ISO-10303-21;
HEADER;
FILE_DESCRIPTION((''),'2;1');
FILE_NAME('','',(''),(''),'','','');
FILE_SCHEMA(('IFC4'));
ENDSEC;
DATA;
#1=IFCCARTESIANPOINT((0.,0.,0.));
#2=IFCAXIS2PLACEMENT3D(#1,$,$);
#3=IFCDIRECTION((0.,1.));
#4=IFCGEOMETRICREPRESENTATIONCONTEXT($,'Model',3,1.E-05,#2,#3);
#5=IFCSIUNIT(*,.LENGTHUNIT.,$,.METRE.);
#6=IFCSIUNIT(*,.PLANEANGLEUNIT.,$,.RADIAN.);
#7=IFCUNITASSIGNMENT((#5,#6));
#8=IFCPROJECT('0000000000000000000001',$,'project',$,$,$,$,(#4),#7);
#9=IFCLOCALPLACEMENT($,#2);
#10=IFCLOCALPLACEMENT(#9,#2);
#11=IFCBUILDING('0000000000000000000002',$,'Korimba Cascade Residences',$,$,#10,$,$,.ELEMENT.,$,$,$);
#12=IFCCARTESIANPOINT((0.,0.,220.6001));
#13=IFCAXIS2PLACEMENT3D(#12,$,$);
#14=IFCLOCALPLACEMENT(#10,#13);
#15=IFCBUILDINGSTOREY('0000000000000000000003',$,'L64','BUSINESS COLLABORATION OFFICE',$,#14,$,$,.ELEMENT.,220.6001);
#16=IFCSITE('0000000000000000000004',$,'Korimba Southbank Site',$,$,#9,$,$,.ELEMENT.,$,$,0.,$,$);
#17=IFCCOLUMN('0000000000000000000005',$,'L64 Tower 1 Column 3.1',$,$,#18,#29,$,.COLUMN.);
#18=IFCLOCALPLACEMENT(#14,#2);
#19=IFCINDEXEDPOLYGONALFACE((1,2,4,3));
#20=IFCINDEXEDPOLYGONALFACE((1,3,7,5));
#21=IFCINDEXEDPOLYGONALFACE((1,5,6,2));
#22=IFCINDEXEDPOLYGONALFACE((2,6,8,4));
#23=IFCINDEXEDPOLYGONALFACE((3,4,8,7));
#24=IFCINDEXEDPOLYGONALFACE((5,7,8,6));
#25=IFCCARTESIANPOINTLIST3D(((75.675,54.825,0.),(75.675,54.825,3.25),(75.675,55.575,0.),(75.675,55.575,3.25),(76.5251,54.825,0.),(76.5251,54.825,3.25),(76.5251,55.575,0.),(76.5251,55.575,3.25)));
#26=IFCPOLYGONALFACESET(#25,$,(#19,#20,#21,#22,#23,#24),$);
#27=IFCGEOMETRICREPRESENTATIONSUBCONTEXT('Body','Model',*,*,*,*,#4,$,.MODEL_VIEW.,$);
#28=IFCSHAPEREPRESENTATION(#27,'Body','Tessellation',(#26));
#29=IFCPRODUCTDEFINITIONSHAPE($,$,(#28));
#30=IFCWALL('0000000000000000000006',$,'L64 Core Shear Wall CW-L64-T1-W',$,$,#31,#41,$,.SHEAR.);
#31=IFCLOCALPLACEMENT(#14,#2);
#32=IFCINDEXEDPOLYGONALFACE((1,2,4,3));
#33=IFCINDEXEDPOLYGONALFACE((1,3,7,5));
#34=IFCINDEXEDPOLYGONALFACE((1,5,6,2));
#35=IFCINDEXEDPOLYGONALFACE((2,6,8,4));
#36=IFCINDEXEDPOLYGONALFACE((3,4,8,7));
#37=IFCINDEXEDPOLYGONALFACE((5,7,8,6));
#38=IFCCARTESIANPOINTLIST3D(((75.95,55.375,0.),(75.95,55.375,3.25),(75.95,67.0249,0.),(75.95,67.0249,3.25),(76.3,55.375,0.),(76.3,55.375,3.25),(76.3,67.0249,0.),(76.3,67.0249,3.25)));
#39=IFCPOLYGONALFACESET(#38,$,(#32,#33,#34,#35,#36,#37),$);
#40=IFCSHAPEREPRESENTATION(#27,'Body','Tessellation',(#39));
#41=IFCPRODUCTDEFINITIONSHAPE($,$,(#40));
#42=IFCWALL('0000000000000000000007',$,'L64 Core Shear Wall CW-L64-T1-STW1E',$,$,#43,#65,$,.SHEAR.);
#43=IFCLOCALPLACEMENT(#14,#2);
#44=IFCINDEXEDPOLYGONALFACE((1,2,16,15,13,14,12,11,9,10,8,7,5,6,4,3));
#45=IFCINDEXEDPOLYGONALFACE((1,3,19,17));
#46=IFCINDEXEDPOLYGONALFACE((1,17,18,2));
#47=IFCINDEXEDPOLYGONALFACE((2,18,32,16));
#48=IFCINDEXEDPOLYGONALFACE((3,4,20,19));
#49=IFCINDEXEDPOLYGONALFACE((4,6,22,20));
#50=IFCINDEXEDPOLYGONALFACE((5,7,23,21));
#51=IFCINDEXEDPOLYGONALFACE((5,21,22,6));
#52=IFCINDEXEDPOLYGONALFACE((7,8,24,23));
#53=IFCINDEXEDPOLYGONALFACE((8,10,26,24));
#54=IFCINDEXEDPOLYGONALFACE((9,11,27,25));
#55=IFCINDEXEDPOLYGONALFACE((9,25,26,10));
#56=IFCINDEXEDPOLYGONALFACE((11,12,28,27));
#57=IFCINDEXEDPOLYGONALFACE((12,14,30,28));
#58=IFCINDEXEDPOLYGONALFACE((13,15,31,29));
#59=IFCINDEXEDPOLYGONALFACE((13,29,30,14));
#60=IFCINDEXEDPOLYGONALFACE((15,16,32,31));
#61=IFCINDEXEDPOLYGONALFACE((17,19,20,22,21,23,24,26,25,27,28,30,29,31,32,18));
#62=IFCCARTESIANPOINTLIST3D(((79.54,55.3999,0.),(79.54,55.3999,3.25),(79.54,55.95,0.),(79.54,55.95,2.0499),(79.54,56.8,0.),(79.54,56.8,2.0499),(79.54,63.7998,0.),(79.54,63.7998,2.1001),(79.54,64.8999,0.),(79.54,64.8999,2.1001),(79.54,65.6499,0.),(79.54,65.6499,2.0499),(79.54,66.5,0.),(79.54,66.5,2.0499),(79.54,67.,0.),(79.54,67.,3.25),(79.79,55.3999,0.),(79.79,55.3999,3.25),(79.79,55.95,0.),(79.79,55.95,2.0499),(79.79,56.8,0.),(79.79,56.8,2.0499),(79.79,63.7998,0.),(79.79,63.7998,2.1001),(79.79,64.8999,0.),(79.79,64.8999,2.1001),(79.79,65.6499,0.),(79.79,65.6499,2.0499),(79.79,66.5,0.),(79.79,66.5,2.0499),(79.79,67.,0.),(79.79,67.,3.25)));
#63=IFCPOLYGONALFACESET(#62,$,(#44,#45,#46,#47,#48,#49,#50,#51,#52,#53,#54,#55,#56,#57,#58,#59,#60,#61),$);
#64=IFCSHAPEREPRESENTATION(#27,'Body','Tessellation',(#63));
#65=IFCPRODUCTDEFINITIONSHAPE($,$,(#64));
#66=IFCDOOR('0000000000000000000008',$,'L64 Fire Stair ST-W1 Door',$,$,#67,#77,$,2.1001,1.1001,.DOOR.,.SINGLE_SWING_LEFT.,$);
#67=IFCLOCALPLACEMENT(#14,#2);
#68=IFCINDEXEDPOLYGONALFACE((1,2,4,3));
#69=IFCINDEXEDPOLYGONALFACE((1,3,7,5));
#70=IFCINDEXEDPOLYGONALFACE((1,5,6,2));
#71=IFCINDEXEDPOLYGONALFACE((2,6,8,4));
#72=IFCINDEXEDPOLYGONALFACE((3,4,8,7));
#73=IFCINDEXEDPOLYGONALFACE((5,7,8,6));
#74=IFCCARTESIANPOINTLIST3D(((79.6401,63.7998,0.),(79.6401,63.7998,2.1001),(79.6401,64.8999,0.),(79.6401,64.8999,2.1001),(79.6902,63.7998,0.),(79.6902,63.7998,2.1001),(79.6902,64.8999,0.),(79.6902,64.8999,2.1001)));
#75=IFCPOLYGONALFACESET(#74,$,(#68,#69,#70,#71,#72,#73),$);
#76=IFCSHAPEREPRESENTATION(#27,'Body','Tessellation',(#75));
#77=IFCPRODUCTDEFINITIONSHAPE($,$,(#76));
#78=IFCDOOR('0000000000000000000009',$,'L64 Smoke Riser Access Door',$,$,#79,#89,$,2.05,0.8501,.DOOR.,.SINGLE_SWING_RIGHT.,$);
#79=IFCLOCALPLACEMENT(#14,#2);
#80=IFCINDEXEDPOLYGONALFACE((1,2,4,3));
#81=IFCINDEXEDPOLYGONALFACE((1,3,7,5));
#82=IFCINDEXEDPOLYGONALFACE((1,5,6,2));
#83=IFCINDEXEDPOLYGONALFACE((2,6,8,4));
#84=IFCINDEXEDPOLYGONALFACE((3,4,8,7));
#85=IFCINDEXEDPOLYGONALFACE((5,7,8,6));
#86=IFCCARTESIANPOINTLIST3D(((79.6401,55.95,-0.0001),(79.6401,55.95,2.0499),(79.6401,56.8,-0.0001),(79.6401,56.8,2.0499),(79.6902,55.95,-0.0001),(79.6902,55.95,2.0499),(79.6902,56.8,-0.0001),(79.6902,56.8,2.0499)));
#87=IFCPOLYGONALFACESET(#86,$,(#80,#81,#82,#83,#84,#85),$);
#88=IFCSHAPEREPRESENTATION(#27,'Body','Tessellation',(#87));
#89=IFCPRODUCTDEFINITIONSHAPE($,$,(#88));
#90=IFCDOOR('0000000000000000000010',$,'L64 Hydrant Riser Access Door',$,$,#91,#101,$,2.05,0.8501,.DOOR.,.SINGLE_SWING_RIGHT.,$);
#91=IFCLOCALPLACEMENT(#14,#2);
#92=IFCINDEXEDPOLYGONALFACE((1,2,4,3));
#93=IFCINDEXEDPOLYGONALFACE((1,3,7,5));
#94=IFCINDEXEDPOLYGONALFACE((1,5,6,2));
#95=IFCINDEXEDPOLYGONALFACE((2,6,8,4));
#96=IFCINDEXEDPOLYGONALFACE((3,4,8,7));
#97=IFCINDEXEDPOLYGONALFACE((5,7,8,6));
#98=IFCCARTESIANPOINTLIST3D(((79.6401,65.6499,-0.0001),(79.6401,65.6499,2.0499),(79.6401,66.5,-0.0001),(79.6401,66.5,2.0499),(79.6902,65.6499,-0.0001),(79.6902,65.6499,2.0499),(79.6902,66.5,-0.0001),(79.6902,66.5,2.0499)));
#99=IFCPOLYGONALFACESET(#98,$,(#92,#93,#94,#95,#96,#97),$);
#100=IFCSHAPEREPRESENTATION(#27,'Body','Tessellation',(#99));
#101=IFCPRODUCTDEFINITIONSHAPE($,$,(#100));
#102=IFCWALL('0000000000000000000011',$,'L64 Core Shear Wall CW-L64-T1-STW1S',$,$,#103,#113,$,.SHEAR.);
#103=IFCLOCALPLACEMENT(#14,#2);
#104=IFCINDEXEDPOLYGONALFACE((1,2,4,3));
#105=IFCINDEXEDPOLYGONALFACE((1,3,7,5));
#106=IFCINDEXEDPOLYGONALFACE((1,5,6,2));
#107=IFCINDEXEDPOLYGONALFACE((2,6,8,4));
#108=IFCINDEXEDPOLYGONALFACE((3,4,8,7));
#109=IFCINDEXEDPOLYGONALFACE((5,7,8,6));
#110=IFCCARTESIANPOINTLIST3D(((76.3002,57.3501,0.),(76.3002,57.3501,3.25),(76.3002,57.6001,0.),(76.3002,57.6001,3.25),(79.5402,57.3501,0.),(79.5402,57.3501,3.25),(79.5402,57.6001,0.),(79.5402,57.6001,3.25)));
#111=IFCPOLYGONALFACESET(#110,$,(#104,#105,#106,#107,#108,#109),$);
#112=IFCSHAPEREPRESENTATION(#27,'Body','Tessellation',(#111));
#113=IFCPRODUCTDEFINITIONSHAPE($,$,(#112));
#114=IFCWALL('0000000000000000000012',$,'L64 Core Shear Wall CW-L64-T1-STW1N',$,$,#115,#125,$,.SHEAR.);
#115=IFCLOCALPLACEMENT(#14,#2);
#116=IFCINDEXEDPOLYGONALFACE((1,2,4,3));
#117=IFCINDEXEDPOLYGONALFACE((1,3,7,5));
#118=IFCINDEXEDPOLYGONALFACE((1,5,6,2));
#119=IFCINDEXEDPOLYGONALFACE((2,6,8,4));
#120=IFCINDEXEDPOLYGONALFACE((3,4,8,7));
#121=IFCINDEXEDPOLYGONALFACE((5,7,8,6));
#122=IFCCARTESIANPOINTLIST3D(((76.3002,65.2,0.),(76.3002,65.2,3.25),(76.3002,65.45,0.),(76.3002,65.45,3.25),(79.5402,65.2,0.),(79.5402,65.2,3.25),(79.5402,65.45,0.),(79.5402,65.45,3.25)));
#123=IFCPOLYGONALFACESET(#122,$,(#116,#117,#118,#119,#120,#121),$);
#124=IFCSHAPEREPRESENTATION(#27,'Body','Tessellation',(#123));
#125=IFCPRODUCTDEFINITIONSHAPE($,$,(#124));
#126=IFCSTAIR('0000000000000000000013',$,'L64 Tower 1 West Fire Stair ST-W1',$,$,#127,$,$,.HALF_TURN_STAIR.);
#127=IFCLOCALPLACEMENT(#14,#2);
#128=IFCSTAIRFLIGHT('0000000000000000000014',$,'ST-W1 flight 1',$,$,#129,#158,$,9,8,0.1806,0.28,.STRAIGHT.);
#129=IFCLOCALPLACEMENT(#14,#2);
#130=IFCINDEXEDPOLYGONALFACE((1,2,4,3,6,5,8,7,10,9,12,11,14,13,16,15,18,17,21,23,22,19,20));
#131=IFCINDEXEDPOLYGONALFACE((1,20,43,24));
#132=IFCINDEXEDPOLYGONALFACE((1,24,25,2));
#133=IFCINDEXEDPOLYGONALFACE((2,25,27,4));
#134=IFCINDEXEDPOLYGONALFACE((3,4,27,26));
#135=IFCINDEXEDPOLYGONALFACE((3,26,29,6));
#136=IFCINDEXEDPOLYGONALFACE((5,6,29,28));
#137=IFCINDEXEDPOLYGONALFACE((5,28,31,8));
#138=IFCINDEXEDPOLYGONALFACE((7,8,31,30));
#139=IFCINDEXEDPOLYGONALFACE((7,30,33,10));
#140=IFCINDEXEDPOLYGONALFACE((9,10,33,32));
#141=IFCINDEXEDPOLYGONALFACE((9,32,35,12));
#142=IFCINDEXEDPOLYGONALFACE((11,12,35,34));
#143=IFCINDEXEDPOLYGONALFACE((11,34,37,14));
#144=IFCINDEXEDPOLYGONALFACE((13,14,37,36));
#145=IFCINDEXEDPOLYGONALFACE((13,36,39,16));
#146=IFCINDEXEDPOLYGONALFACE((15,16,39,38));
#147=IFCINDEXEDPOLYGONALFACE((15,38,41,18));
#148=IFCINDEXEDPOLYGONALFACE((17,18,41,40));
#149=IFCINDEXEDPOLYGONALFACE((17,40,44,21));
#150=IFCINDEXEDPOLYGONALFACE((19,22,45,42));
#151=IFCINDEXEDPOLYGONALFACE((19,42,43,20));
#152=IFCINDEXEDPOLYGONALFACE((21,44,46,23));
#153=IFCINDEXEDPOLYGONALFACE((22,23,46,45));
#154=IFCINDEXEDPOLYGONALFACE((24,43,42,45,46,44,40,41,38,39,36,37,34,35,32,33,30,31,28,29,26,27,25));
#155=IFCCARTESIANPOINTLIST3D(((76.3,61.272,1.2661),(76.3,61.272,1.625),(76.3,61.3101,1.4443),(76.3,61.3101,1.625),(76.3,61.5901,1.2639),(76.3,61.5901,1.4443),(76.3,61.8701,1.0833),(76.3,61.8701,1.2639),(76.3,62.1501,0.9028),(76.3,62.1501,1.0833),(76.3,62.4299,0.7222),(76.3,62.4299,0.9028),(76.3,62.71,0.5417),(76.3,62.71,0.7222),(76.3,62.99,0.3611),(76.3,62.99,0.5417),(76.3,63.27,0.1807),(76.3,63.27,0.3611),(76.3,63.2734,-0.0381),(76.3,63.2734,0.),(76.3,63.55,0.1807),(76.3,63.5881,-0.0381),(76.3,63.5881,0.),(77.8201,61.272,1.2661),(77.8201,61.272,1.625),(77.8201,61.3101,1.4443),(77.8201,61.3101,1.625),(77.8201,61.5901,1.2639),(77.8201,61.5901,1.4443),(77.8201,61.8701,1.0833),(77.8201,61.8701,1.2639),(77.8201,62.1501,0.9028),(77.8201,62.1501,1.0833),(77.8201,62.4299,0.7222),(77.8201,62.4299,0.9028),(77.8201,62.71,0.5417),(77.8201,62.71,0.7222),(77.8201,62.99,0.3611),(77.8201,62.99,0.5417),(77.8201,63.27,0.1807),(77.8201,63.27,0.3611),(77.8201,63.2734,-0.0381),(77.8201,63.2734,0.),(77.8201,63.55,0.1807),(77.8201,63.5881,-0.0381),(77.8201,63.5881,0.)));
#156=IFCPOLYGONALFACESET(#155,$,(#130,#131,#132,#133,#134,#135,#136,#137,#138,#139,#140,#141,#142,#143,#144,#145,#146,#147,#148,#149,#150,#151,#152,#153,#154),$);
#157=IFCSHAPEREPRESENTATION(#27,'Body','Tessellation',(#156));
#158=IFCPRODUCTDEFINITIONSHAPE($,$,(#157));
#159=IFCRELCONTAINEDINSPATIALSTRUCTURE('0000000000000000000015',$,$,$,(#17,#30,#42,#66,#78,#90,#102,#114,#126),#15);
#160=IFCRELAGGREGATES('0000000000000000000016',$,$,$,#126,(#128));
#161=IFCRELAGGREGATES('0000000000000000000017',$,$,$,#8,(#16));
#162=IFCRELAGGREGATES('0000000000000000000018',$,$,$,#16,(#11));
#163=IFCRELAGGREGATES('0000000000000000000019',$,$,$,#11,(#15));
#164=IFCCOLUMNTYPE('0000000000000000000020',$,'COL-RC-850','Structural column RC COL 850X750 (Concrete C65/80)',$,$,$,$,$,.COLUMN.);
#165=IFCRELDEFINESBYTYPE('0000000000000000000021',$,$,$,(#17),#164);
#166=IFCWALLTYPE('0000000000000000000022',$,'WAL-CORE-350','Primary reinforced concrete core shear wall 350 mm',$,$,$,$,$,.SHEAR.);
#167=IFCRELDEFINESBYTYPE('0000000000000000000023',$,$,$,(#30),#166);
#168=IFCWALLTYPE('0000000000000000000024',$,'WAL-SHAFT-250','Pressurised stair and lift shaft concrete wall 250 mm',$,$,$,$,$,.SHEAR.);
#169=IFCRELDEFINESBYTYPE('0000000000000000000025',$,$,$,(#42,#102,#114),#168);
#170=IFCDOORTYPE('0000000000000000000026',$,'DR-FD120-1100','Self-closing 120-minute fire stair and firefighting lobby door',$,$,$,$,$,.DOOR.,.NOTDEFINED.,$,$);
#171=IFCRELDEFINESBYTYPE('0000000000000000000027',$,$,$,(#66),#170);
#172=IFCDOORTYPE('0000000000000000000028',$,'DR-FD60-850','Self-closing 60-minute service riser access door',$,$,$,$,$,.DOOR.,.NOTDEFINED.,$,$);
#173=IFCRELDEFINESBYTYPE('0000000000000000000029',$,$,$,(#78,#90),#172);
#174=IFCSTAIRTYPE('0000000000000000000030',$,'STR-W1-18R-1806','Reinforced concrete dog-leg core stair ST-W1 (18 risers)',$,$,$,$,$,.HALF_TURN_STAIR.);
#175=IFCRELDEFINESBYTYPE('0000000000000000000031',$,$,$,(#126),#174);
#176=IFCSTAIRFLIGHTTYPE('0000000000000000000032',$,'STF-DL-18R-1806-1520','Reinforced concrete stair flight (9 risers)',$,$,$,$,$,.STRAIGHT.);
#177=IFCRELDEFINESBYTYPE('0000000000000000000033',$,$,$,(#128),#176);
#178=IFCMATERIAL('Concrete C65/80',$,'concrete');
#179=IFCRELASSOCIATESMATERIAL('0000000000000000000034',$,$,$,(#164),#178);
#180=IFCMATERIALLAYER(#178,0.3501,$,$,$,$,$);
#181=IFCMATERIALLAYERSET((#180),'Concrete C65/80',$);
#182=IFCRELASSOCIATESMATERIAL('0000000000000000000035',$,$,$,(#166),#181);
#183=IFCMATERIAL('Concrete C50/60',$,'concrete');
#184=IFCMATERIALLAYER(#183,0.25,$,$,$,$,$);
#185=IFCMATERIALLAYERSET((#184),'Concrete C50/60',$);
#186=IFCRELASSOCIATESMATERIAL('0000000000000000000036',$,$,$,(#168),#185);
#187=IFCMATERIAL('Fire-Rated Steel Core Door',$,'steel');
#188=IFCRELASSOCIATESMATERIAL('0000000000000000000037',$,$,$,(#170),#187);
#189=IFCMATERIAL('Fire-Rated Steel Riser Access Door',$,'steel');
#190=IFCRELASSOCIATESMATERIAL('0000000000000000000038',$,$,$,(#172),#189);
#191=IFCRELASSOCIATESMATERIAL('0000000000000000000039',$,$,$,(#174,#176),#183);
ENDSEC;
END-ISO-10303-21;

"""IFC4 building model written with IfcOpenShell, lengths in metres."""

from ifc_helpers import new_model, si_unit, direction, frame, frame_2d, origin, origin_2d, place, context, subcontext, project, spatial, polyline, rectangle, outline, extrude, material, layer, layer_set, material_profile, profile_set, type_object, element, fill, aggregate, save


model = new_model("IFC4")

# Units and contexts
model_context = context("Model", 3, precision=1e-05, world=origin(), true_north=direction((0.0, 1.0)))
body_context = subcontext(model_context, "Body", "Model", "MODEL_VIEW")
ifc_project = project(units=[si_unit("LENGTHUNIT", "METRE"), si_unit("PLANEANGLEUNIT", "RADIAN")], contexts=[model_context])

# Site, building, storey
site_placement = place(None, origin())
site = spatial("IfcSite", under=ifc_project, at=site_placement, Name="Korimba Southbank Site", CompositionType="ELEMENT", RefElevation=0.0)
building_placement = place(site_placement, origin())
building = spatial("IfcBuilding", under=site, at=building_placement, Name="Korimba Cascade Residences", CompositionType="ELEMENT")
storey_placement = place(building_placement, frame((0.0, 0.0, 220.6001)))
storey = spatial("IfcBuildingStorey", under=building, at=storey_placement, Name="L64", Description="BUSINESS COLLABORATION OFFICE", CompositionType="ELEMENT", Elevation=220.6001)

# Column
ifc_material_1 = material(Name="Concrete C65/80", Category="concrete")
ifc_material_profile = material_profile(ifc_material_1, rectangle(XDim=0.8501, YDim=0.75, at=origin_2d()), Name="Concrete C65/80")
ifc_profile_set = profile_set([ifc_material_profile], Name="Concrete C65/80")
column_type = type_object("IfcColumnType", Name="COL-RC-850", Description="Structural column RC COL 850X750 (Concrete C65/80)", PredefinedType="COLUMN", material=ifc_profile_set)
column_placement = place(storey_placement, frame((76.1001, 55.2, 0.0), z_axis=(0.0, 0.0, 1.0), x_axis=(1.0, 0.0, 0.0)))
element("IfcColumn", 1, at=column_placement, inside=storey, type_object=column_type, Name="L64 Tower 1 Column 3.1", PredefinedType="COLUMN", context=body_context, shape_type="SweptSolid", body=[
    extrude(rectangle(XDim=0.8501, YDim=0.75, at=origin_2d()), origin(), (0.0, 0.0, 1.0), 3.25),
])

# Wall
ifc_layer_1 = layer(ifc_material_1, 0.3501)
ifc_layer_set_1 = layer_set([ifc_layer_1], Name="Concrete C65/80")
wall_type_1 = type_object("IfcWallType", Name="WAL-CORE-350", Description="Primary reinforced concrete core shear wall 350 mm", PredefinedType="SHEAR", material=ifc_layer_set_1)
wall_1_placement = place(storey_placement, frame((76.125, 55.375, 0.0), z_axis=(0.0, 0.0, 1.0), x_axis=(0.0, 1.0, 0.0)))
element("IfcWall", 2, at=wall_1_placement, inside=storey, type_object=wall_type_1, Name="L64 Core Shear Wall CW-L64-T1-W", PredefinedType="SHEAR", context=body_context, shape_type="SweptSolid", body=[
    extrude(rectangle(XDim=11.6499, YDim=0.3501, at=frame_2d((5.825, 0.0))), origin(), (0.0, 0.0, 1.0), 3.25),
])

# Wall, openings, doors
ifc_material_2 = material(Name="Concrete C50/60", Category="concrete")
ifc_layer_2 = layer(ifc_material_2, 0.25)
ifc_layer_set_2 = layer_set([ifc_layer_2], Name="Concrete C50/60")
wall_type_2 = type_object("IfcWallType", Name="WAL-SHAFT-250", Description="Pressurised stair and lift shaft concrete wall 250 mm", PredefinedType="SHEAR", material=ifc_layer_set_2)
wall_2_placement = place(storey_placement, frame((79.665, 55.3999, 0.0), z_axis=(0.0, 0.0, 1.0), x_axis=(0.0, 1.0, 0.0)))
wall_2 = element("IfcWall", 3, at=wall_2_placement, inside=storey, type_object=wall_type_2, Name="L64 Core Shear Wall CW-L64-T1-STW1E", PredefinedType="SHEAR", context=body_context, shape_type="SweptSolid", body=[
    extrude(rectangle(XDim=11.6001, YDim=0.25, at=frame_2d((5.8, 0.0))), origin(), (0.0, 0.0, 1.0), 3.25),
])
opening_1_placement = place(wall_2_placement, frame((0.55, 0.0, 0.0)))
opening_1 = element("IfcOpeningElement", 4, at=opening_1_placement, cuts=wall_2, PredefinedType="OPENING", context=body_context, shape_type="SweptSolid", body=[
    extrude(rectangle(XDim=0.8501, YDim=2.05, at=frame_2d((0.425, 1.0249))), frame((0.0, 0.135, 0.0), z_axis=(0.0, -1.0, 0.0), x_axis=(1.0, 0.0, 0.0)), (0.0, 0.0, 1.0), 0.27),
])
opening_2_placement = place(wall_2_placement, frame((8.3999, 0.0, 0.0)))
opening_2 = element("IfcOpeningElement", 5, at=opening_2_placement, cuts=wall_2, PredefinedType="OPENING", context=body_context, shape_type="SweptSolid", body=[
    extrude(rectangle(XDim=1.1001, YDim=2.1001, at=frame_2d((0.55, 1.05))), frame((0.0, 0.135, 0.0), z_axis=(0.0, -1.0, 0.0), x_axis=(1.0, 0.0, 0.0)), (0.0, 0.0, 1.0), 0.27),
])
opening_3_placement = place(wall_2_placement, frame((10.25, 0.0, 0.0)))
opening_3 = element("IfcOpeningElement", 6, at=opening_3_placement, cuts=wall_2, PredefinedType="OPENING", context=body_context, shape_type="SweptSolid", body=[
    extrude(rectangle(XDim=0.8501, YDim=2.05, at=frame_2d((0.425, 1.0249))), frame((0.0, 0.135, 0.0), z_axis=(0.0, -1.0, 0.0), x_axis=(1.0, 0.0, 0.0)), (0.0, 0.0, 1.0), 0.27),
])
ifc_material_3 = material(Name="Fire-Rated Steel Core Door", Category="steel")
door_type_1 = type_object("IfcDoorType", Name="DR-FD120-1100", Description="Self-closing 120-minute fire stair and firefighting lobby door", OperationType="NOTDEFINED", PredefinedType="DOOR", material=ifc_material_3)
door_1_placement = place(opening_2_placement, origin())
door_1 = element("IfcDoor", 7, at=door_1_placement, inside=storey, type_object=door_type_1, Name="L64 Fire Stair ST-W1 Door", OperationType="SINGLE_SWING_LEFT", OverallHeight=2.1001, OverallWidth=1.1001, PredefinedType="DOOR", context=body_context, shape_type="SweptSolid", body=[
    extrude(rectangle(XDim=1.1001, YDim=2.1001, at=frame_2d((0.55, 1.05))), frame((0.0, 0.0249, 0.0), z_axis=(0.0, -1.0, 0.0), x_axis=(1.0, 0.0, 0.0)), (0.0, 0.0, 1.0), 0.05),
])
fill(opening_2, door_1)
ifc_material_4 = material(Name="Fire-Rated Steel Riser Access Door", Category="steel")
door_type_2 = type_object("IfcDoorType", Name="DR-FD60-850", Description="Self-closing 60-minute service riser access door", OperationType="NOTDEFINED", PredefinedType="DOOR", material=ifc_material_4)
door_2_placement = place(opening_1_placement, origin())
door_2 = element("IfcDoor", 8, at=door_2_placement, inside=storey, type_object=door_type_2, Name="L64 Smoke Riser Access Door", OperationType="SINGLE_SWING_RIGHT", OverallHeight=2.05, OverallWidth=0.8501, PredefinedType="DOOR", context=body_context, shape_type="SweptSolid", body=[
    extrude(rectangle(XDim=0.8501, YDim=2.05, at=frame_2d((0.425, 1.0249))), frame((0.0, 0.0249, 0.0), z_axis=(0.0, -1.0, 0.0), x_axis=(1.0, 0.0, 0.0)), (0.0, 0.0, 1.0), 0.05),
])
fill(opening_1, door_2)
door_3_placement = place(opening_3_placement, origin())
door_3 = element("IfcDoor", 9, at=door_3_placement, inside=storey, type_object=door_type_2, Name="L64 Hydrant Riser Access Door", OperationType="SINGLE_SWING_RIGHT", OverallHeight=2.05, OverallWidth=0.8501, PredefinedType="DOOR", context=body_context, shape_type="SweptSolid", body=[
    extrude(rectangle(XDim=0.8501, YDim=2.05, at=frame_2d((0.425, 1.0249))), frame((0.0, 0.0249, 0.0), z_axis=(0.0, -1.0, 0.0), x_axis=(1.0, 0.0, 0.0)), (0.0, 0.0, 1.0), 0.05),
])
fill(opening_3, door_3)

# Walls
for number, where, z_axis, x_axis, name in (
    (10, (76.3, 57.4751, 0.0), (0.0, 0.0, 1.0), (1.0, 0.0, 0.0), "L64 Core Shear Wall CW-L64-T1-STW1S"),
    (11, (76.3, 65.325, 0.0), (0.0, 0.0, 1.0), (1.0, 0.0, 0.0), "L64 Core Shear Wall CW-L64-T1-STW1N"),
):
    element("IfcWall", number, at=place(storey_placement, frame(where, z_axis=z_axis, x_axis=x_axis)), inside=storey, type_object=wall_type_2, Name=name, PredefinedType="SHEAR", context=body_context, shape_type="SweptSolid", body=[
        extrude(rectangle(XDim=3.24, YDim=0.25, at=frame_2d((1.6201, 0.0))), origin(), (0.0, 0.0, 1.0), 3.25),
    ])

# Stair, stair flight
stair_type = type_object("IfcStairType", Name="STR-W1-18R-1806", Description="Reinforced concrete dog-leg core stair ST-W1 (18 risers)", PredefinedType="HALF_TURN_STAIR", material=ifc_material_2)
stair_placement = place(storey_placement, origin())
stair = element("IfcStair", 12, at=stair_placement, inside=storey, type_object=stair_type, Name="L64 Tower 1 West Fire Stair ST-W1", PredefinedType="HALF_TURN_STAIR")
stair_flight_type = type_object("IfcStairFlightType", Name="STF-DL-18R-1806-1520", Description="Reinforced concrete stair flight (9 risers)", PredefinedType="STRAIGHT", material=ifc_material_2)
stair_flight_1_placement = place(storey_placement, frame((77.0601, 63.55, 0.0), z_axis=(0.0, 0.0, 1.0), x_axis=(0.0, -1.0, 0.0)))
stair_flight_1 = element("IfcStairFlight", 13, at=stair_flight_1_placement, type_object=stair_flight_type, Name="ST-W1 flight 1", NumberOfRisers=9, NumberOfTreads=8, PredefinedType="STRAIGHT", RiserHeight=0.1806, TreadLength=0.28, context=body_context, shape_type="SweptSolid", body=[
    extrude(outline(polyline([(-0.0381, 0.0), (0.0, 0.1807), (0.28, 0.1807), (0.28, 0.3611), (0.5601, 0.3611), (0.5601, 0.5417), (0.8401, 0.5417), (0.8401, 0.7222), (1.1201, 0.7222), (1.1201, 0.9028), (1.3999, 0.9028), (1.3999, 1.0833), (1.6799, 1.0833), (1.6799, 1.2639), (1.96, 1.2639), (1.96, 1.4443), (2.24, 1.4443), (2.24, 1.625), (2.2781, 1.625), (2.2781, 1.2661), (0.2766, 0.0), (0.2766, -0.0381), (-0.0381, -0.0381), (-0.0381, 0.0)])), frame((0.0, 0.76, 0.0), z_axis=(0.0, -1.0, 0.0), x_axis=(1.0, 0.0, 0.0)), (0.0, 0.0, 1.0), 1.52),
])
aggregate(stair, [stair_flight_1])

save(model, "model.ifc")
